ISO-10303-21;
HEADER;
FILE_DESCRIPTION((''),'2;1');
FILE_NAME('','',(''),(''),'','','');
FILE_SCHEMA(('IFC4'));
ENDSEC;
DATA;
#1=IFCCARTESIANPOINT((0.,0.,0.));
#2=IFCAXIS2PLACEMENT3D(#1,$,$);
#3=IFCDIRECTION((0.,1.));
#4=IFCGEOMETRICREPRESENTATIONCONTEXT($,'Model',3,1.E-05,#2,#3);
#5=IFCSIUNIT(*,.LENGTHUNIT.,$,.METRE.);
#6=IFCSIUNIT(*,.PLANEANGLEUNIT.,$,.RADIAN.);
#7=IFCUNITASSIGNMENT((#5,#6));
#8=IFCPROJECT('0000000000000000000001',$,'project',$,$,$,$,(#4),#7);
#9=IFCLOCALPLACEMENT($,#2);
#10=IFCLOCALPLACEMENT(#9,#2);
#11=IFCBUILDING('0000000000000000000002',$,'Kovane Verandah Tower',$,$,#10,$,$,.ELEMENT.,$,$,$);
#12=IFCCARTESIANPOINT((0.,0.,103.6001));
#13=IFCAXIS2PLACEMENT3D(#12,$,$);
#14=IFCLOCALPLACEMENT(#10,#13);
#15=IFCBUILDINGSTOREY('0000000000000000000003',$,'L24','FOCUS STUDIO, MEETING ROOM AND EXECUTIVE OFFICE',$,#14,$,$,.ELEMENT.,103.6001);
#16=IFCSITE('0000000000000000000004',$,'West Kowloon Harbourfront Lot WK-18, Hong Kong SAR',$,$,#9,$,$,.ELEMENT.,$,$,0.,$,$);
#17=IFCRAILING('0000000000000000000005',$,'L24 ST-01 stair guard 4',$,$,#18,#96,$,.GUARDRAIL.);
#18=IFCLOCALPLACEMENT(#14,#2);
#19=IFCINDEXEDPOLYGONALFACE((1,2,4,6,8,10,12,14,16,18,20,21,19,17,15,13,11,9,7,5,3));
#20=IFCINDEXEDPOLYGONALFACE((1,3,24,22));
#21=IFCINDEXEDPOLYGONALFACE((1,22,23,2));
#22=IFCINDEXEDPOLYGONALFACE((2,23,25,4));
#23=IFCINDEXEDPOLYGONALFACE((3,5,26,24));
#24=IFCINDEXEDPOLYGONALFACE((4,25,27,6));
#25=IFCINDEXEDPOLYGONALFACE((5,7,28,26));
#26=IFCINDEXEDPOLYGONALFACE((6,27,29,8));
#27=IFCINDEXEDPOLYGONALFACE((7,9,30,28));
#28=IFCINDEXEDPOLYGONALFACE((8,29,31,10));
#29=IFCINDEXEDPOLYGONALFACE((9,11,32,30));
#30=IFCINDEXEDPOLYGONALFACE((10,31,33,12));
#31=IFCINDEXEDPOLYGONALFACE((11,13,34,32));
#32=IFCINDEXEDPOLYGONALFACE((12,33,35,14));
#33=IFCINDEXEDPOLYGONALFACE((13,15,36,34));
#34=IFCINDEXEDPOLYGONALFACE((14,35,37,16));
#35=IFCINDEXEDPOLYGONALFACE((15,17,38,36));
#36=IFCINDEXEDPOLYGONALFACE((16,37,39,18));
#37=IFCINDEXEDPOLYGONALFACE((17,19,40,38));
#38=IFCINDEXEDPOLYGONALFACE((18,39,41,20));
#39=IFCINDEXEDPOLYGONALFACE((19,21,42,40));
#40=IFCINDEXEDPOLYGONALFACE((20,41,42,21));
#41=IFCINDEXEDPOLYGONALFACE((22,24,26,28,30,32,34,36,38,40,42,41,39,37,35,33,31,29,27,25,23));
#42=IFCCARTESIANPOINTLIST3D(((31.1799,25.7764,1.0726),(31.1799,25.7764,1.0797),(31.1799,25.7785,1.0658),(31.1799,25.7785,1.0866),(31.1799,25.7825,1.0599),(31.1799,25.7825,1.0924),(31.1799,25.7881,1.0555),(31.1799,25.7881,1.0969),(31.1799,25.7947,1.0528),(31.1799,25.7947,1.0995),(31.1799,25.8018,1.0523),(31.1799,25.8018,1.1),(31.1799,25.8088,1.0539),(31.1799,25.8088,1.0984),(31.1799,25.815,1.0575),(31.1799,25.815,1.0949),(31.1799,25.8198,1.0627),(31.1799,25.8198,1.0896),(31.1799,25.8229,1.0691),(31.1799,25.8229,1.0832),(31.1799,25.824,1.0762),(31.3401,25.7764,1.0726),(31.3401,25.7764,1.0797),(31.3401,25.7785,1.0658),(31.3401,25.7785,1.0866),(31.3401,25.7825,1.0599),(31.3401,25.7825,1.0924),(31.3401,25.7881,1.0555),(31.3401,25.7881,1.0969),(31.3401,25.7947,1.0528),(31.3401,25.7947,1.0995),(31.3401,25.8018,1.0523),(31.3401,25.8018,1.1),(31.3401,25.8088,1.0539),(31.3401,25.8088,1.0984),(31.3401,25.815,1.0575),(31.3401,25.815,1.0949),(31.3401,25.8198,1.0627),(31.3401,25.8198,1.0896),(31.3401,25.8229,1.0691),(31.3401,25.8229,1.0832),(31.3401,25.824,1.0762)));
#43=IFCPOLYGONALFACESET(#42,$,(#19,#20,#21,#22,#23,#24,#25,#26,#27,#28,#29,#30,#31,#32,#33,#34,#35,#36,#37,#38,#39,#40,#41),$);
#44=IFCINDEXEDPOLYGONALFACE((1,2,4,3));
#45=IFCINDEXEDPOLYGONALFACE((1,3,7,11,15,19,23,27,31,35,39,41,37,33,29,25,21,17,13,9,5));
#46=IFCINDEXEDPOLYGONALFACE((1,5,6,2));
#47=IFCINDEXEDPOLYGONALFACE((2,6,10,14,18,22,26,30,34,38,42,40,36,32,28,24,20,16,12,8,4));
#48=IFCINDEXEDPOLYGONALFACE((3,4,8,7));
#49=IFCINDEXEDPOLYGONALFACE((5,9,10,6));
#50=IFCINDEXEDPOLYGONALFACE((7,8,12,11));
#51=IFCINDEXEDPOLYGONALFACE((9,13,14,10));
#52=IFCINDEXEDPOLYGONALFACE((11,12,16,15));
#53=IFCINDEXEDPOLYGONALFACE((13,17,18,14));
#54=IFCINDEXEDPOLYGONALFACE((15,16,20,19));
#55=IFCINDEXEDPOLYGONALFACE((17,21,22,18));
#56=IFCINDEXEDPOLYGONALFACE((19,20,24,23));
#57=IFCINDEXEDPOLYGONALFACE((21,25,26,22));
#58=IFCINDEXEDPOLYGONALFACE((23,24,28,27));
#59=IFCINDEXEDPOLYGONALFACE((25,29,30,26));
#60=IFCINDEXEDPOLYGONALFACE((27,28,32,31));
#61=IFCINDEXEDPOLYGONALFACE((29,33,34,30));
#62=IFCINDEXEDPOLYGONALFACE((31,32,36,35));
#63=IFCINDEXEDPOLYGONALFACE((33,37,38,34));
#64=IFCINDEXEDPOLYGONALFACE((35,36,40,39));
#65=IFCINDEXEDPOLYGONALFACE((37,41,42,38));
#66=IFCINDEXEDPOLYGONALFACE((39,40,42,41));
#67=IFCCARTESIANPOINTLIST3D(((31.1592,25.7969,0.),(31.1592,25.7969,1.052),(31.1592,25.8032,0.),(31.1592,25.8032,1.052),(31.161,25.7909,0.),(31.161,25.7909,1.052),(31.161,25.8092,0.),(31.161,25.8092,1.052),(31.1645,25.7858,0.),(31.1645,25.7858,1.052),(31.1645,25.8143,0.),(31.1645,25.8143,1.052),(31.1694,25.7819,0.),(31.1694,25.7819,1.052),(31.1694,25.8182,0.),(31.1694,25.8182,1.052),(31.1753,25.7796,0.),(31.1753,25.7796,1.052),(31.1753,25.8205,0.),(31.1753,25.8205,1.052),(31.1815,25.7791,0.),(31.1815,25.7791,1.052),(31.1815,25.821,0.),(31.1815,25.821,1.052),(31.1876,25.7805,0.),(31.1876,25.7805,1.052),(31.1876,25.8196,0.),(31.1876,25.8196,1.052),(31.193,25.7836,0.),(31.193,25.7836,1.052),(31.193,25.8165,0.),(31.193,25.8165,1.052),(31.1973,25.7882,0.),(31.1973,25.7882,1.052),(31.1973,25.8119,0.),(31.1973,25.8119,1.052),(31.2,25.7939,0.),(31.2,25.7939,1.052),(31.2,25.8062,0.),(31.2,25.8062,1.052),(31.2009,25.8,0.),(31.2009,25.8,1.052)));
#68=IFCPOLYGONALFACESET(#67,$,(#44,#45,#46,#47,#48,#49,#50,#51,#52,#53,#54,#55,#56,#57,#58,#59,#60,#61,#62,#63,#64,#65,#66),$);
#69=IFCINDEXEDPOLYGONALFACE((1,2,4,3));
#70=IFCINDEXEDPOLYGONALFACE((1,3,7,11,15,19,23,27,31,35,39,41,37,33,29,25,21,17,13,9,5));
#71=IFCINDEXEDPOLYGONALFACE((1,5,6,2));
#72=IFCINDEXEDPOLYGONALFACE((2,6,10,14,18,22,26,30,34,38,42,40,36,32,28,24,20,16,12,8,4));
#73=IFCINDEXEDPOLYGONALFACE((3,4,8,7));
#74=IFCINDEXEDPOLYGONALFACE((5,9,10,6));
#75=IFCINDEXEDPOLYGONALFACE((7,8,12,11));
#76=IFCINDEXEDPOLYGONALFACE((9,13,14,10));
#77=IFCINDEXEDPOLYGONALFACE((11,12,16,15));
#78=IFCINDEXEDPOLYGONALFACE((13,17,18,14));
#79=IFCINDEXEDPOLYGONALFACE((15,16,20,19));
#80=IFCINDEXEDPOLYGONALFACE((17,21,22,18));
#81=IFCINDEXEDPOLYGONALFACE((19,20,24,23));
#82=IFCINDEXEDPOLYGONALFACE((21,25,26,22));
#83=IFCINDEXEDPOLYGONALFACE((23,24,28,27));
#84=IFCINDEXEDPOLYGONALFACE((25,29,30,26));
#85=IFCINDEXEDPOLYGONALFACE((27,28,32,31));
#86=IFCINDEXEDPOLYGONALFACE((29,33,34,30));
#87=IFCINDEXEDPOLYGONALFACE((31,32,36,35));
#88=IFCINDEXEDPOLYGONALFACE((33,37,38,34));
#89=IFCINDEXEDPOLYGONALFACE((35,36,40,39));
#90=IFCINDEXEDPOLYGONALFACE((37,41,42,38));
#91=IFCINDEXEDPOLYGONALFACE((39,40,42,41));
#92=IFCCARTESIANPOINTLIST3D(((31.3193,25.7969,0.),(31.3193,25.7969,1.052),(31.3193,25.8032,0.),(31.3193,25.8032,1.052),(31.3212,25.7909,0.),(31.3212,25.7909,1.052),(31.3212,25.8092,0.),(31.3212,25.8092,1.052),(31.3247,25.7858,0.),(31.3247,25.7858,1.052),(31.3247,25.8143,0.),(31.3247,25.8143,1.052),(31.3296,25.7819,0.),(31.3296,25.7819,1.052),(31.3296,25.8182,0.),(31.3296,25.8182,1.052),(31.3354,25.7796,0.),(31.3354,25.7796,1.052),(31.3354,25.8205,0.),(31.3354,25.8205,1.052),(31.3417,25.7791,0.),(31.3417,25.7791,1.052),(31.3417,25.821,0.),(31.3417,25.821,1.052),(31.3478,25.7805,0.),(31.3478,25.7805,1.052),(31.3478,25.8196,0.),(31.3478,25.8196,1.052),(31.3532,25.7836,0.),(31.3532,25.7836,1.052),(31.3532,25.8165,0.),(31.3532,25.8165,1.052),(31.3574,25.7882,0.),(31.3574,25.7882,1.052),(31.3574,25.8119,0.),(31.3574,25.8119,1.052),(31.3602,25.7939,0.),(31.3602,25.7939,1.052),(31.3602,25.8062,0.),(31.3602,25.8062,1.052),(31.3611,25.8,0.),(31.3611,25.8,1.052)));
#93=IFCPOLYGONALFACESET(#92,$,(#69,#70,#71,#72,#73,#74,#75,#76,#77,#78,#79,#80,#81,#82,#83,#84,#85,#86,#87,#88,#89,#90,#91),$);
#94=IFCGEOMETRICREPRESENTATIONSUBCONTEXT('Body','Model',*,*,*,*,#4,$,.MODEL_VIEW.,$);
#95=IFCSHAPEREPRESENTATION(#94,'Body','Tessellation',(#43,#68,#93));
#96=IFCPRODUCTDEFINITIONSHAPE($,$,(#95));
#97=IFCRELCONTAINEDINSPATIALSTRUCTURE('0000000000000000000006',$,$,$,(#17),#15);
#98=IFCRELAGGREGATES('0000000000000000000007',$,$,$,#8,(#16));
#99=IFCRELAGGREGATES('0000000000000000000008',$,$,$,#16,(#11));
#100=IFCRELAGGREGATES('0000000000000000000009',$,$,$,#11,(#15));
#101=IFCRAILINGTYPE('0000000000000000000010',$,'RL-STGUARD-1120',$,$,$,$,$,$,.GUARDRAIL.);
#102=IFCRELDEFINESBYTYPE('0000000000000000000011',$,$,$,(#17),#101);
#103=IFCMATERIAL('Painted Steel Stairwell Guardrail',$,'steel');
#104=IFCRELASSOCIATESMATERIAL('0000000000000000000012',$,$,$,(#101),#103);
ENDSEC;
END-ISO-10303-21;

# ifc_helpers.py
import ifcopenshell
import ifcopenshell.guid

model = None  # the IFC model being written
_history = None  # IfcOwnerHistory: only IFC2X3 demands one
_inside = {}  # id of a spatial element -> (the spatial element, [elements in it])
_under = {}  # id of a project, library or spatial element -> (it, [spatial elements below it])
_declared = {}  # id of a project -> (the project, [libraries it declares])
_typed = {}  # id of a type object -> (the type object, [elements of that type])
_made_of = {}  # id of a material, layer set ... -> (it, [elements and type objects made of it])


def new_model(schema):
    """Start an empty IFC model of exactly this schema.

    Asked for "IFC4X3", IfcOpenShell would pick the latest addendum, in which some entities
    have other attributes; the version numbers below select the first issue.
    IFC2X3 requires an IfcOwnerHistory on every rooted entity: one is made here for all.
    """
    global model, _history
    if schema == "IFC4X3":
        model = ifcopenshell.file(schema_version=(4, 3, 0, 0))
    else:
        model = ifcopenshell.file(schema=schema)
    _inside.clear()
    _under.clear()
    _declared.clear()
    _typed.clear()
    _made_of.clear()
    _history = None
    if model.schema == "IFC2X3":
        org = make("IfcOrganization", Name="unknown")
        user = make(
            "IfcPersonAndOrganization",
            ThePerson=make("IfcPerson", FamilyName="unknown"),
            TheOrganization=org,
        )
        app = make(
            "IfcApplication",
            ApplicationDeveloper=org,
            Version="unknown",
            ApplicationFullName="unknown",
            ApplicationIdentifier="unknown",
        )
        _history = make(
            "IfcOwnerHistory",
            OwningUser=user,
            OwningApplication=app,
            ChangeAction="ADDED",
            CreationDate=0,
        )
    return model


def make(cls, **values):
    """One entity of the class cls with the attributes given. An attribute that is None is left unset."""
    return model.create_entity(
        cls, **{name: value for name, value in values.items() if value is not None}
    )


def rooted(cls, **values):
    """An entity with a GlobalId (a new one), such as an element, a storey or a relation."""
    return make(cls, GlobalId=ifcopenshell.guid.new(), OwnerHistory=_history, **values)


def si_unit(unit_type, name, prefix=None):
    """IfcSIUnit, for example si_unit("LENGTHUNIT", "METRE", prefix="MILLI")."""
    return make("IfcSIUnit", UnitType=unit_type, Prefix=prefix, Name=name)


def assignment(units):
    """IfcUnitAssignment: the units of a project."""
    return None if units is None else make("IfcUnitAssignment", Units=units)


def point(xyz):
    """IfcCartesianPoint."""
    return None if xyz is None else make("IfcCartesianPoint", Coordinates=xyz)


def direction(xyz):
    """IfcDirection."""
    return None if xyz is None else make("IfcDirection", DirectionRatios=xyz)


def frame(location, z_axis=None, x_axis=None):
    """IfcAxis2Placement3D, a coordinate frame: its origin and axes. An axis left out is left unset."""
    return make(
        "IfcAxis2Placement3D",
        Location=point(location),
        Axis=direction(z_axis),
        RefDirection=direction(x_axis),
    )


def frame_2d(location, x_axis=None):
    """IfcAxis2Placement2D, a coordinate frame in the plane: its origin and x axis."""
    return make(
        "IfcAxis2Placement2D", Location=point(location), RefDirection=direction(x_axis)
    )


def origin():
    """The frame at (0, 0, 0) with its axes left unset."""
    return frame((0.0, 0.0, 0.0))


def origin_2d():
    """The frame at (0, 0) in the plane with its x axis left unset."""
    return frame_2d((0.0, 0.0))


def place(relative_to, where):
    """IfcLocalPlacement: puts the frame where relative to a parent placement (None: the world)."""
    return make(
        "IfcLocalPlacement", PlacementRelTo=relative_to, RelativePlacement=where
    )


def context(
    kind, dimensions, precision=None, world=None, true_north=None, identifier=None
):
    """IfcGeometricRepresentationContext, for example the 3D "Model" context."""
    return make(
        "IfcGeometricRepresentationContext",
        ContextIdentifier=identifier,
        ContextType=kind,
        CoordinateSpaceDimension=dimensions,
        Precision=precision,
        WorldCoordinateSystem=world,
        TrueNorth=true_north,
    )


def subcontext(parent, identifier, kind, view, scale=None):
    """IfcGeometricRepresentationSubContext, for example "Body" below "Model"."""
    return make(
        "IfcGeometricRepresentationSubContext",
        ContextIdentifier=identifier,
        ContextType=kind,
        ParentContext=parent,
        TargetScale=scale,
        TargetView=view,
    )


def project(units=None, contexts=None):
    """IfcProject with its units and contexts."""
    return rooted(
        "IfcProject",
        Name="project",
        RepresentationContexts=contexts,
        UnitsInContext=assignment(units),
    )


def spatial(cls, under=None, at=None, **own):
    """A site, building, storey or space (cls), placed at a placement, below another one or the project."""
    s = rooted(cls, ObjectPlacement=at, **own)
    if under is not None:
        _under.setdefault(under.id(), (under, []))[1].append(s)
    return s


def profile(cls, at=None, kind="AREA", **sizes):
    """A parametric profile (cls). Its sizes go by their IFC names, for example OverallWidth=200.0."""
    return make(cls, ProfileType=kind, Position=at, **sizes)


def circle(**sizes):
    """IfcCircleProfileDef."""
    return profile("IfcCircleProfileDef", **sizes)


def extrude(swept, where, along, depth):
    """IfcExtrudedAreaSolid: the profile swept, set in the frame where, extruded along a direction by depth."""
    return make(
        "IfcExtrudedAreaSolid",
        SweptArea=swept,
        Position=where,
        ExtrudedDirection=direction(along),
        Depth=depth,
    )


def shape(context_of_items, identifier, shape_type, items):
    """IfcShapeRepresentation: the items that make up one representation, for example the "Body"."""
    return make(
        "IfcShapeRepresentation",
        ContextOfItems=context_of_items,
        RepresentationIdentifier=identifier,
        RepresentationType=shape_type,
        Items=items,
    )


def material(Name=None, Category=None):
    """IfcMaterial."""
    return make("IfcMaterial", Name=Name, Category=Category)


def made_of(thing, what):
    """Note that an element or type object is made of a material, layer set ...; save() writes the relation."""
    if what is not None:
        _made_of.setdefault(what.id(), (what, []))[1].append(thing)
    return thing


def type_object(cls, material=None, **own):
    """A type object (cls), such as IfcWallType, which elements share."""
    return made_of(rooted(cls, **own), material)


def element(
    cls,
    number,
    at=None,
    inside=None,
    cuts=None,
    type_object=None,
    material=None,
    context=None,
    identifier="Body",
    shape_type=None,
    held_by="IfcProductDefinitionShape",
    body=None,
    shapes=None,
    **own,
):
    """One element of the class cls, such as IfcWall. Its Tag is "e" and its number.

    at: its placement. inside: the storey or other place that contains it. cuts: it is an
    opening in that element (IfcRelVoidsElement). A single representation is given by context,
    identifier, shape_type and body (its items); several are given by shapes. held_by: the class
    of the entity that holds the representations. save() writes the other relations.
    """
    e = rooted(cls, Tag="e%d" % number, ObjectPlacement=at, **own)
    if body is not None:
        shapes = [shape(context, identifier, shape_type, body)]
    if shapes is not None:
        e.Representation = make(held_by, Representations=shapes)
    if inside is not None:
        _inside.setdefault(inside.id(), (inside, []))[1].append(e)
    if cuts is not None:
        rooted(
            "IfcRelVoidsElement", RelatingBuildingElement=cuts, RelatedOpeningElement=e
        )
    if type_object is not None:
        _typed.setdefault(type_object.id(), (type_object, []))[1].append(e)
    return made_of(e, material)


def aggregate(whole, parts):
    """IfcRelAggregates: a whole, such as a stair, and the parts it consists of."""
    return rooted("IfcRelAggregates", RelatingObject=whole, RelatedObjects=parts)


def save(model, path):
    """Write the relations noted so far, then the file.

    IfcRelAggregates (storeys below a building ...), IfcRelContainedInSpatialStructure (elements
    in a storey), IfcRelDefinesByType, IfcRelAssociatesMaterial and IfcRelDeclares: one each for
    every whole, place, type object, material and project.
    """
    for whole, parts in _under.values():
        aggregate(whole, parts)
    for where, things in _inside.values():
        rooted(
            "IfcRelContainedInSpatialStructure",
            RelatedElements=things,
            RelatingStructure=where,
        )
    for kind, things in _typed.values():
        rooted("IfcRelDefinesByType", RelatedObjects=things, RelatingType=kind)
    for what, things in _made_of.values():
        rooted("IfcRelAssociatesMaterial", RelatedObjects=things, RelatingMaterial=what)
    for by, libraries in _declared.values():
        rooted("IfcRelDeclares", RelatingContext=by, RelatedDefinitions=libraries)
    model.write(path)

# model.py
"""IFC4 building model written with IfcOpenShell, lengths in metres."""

from ifc_helpers import new_model, si_unit, direction, frame, origin, origin_2d, place, context, subcontext, project, spatial, circle, extrude, material, type_object, element, save


model = new_model("IFC4")

# Units and contexts
model_context = context("Model", 3, precision=1e-05, world=origin(), true_north=direction((0.0, 1.0)))
body_context = subcontext(model_context, "Body", "Model", "MODEL_VIEW")
ifc_project = project(units=[si_unit("LENGTHUNIT", "METRE"), si_unit("PLANEANGLEUNIT", "RADIAN")], contexts=[model_context])

# Site, building, storey
site_placement = place(None, origin())
site = spatial("IfcSite", under=ifc_project, at=site_placement, Name="West Kowloon Harbourfront Lot WK-18, Hong Kong SAR", CompositionType="ELEMENT", RefElevation=0.0)
building_placement = place(site_placement, origin())
building = spatial("IfcBuilding", under=site, at=building_placement, Name="Kovane Verandah Tower", CompositionType="ELEMENT")
storey_placement = place(building_placement, frame((0.0, 0.0, 103.6001)))
storey = spatial("IfcBuildingStorey", under=building, at=storey_placement, Name="L24", Description="FOCUS STUDIO, MEETING ROOM AND EXECUTIVE OFFICE", CompositionType="ELEMENT", Elevation=103.6001)

# Railing
ifc_material_1 = material(Name="Painted Steel Stairwell Guardrail", Category="steel")
railing_type_1 = type_object("IfcRailingType", Name="RL-STGUARD-1120", PredefinedType="GUARDRAIL", material=ifc_material_1)
railing_1_placement = place(storey_placement, frame((31.1799, 25.8, 0.0)))
element("IfcRailing", 1, at=railing_1_placement, inside=storey, type_object=railing_type_1, Name="L24 ST-01 stair guard 4", PredefinedType="GUARDRAIL", context=body_context, shape_type="SweptSolid", body=[
    extrude(circle(Radius=0.0239, at=origin_2d()), frame((0.0, 0.0, 1.0762), z_axis=(1.0, 0.0, 0.0), x_axis=(0.0, 1.0, 0.0)), (0.0, 0.0, 1.0), 0.1602),
    extrude(circle(Radius=0.021, at=origin_2d()), origin(), (0.0, 0.0, 1.0), 1.052),
    extrude(circle(Radius=0.021, at=origin_2d()), frame((0.1602, 0.0, 0.0)), (0.0, 0.0, 1.0), 1.052),
])

save(model, "model.ifc")
